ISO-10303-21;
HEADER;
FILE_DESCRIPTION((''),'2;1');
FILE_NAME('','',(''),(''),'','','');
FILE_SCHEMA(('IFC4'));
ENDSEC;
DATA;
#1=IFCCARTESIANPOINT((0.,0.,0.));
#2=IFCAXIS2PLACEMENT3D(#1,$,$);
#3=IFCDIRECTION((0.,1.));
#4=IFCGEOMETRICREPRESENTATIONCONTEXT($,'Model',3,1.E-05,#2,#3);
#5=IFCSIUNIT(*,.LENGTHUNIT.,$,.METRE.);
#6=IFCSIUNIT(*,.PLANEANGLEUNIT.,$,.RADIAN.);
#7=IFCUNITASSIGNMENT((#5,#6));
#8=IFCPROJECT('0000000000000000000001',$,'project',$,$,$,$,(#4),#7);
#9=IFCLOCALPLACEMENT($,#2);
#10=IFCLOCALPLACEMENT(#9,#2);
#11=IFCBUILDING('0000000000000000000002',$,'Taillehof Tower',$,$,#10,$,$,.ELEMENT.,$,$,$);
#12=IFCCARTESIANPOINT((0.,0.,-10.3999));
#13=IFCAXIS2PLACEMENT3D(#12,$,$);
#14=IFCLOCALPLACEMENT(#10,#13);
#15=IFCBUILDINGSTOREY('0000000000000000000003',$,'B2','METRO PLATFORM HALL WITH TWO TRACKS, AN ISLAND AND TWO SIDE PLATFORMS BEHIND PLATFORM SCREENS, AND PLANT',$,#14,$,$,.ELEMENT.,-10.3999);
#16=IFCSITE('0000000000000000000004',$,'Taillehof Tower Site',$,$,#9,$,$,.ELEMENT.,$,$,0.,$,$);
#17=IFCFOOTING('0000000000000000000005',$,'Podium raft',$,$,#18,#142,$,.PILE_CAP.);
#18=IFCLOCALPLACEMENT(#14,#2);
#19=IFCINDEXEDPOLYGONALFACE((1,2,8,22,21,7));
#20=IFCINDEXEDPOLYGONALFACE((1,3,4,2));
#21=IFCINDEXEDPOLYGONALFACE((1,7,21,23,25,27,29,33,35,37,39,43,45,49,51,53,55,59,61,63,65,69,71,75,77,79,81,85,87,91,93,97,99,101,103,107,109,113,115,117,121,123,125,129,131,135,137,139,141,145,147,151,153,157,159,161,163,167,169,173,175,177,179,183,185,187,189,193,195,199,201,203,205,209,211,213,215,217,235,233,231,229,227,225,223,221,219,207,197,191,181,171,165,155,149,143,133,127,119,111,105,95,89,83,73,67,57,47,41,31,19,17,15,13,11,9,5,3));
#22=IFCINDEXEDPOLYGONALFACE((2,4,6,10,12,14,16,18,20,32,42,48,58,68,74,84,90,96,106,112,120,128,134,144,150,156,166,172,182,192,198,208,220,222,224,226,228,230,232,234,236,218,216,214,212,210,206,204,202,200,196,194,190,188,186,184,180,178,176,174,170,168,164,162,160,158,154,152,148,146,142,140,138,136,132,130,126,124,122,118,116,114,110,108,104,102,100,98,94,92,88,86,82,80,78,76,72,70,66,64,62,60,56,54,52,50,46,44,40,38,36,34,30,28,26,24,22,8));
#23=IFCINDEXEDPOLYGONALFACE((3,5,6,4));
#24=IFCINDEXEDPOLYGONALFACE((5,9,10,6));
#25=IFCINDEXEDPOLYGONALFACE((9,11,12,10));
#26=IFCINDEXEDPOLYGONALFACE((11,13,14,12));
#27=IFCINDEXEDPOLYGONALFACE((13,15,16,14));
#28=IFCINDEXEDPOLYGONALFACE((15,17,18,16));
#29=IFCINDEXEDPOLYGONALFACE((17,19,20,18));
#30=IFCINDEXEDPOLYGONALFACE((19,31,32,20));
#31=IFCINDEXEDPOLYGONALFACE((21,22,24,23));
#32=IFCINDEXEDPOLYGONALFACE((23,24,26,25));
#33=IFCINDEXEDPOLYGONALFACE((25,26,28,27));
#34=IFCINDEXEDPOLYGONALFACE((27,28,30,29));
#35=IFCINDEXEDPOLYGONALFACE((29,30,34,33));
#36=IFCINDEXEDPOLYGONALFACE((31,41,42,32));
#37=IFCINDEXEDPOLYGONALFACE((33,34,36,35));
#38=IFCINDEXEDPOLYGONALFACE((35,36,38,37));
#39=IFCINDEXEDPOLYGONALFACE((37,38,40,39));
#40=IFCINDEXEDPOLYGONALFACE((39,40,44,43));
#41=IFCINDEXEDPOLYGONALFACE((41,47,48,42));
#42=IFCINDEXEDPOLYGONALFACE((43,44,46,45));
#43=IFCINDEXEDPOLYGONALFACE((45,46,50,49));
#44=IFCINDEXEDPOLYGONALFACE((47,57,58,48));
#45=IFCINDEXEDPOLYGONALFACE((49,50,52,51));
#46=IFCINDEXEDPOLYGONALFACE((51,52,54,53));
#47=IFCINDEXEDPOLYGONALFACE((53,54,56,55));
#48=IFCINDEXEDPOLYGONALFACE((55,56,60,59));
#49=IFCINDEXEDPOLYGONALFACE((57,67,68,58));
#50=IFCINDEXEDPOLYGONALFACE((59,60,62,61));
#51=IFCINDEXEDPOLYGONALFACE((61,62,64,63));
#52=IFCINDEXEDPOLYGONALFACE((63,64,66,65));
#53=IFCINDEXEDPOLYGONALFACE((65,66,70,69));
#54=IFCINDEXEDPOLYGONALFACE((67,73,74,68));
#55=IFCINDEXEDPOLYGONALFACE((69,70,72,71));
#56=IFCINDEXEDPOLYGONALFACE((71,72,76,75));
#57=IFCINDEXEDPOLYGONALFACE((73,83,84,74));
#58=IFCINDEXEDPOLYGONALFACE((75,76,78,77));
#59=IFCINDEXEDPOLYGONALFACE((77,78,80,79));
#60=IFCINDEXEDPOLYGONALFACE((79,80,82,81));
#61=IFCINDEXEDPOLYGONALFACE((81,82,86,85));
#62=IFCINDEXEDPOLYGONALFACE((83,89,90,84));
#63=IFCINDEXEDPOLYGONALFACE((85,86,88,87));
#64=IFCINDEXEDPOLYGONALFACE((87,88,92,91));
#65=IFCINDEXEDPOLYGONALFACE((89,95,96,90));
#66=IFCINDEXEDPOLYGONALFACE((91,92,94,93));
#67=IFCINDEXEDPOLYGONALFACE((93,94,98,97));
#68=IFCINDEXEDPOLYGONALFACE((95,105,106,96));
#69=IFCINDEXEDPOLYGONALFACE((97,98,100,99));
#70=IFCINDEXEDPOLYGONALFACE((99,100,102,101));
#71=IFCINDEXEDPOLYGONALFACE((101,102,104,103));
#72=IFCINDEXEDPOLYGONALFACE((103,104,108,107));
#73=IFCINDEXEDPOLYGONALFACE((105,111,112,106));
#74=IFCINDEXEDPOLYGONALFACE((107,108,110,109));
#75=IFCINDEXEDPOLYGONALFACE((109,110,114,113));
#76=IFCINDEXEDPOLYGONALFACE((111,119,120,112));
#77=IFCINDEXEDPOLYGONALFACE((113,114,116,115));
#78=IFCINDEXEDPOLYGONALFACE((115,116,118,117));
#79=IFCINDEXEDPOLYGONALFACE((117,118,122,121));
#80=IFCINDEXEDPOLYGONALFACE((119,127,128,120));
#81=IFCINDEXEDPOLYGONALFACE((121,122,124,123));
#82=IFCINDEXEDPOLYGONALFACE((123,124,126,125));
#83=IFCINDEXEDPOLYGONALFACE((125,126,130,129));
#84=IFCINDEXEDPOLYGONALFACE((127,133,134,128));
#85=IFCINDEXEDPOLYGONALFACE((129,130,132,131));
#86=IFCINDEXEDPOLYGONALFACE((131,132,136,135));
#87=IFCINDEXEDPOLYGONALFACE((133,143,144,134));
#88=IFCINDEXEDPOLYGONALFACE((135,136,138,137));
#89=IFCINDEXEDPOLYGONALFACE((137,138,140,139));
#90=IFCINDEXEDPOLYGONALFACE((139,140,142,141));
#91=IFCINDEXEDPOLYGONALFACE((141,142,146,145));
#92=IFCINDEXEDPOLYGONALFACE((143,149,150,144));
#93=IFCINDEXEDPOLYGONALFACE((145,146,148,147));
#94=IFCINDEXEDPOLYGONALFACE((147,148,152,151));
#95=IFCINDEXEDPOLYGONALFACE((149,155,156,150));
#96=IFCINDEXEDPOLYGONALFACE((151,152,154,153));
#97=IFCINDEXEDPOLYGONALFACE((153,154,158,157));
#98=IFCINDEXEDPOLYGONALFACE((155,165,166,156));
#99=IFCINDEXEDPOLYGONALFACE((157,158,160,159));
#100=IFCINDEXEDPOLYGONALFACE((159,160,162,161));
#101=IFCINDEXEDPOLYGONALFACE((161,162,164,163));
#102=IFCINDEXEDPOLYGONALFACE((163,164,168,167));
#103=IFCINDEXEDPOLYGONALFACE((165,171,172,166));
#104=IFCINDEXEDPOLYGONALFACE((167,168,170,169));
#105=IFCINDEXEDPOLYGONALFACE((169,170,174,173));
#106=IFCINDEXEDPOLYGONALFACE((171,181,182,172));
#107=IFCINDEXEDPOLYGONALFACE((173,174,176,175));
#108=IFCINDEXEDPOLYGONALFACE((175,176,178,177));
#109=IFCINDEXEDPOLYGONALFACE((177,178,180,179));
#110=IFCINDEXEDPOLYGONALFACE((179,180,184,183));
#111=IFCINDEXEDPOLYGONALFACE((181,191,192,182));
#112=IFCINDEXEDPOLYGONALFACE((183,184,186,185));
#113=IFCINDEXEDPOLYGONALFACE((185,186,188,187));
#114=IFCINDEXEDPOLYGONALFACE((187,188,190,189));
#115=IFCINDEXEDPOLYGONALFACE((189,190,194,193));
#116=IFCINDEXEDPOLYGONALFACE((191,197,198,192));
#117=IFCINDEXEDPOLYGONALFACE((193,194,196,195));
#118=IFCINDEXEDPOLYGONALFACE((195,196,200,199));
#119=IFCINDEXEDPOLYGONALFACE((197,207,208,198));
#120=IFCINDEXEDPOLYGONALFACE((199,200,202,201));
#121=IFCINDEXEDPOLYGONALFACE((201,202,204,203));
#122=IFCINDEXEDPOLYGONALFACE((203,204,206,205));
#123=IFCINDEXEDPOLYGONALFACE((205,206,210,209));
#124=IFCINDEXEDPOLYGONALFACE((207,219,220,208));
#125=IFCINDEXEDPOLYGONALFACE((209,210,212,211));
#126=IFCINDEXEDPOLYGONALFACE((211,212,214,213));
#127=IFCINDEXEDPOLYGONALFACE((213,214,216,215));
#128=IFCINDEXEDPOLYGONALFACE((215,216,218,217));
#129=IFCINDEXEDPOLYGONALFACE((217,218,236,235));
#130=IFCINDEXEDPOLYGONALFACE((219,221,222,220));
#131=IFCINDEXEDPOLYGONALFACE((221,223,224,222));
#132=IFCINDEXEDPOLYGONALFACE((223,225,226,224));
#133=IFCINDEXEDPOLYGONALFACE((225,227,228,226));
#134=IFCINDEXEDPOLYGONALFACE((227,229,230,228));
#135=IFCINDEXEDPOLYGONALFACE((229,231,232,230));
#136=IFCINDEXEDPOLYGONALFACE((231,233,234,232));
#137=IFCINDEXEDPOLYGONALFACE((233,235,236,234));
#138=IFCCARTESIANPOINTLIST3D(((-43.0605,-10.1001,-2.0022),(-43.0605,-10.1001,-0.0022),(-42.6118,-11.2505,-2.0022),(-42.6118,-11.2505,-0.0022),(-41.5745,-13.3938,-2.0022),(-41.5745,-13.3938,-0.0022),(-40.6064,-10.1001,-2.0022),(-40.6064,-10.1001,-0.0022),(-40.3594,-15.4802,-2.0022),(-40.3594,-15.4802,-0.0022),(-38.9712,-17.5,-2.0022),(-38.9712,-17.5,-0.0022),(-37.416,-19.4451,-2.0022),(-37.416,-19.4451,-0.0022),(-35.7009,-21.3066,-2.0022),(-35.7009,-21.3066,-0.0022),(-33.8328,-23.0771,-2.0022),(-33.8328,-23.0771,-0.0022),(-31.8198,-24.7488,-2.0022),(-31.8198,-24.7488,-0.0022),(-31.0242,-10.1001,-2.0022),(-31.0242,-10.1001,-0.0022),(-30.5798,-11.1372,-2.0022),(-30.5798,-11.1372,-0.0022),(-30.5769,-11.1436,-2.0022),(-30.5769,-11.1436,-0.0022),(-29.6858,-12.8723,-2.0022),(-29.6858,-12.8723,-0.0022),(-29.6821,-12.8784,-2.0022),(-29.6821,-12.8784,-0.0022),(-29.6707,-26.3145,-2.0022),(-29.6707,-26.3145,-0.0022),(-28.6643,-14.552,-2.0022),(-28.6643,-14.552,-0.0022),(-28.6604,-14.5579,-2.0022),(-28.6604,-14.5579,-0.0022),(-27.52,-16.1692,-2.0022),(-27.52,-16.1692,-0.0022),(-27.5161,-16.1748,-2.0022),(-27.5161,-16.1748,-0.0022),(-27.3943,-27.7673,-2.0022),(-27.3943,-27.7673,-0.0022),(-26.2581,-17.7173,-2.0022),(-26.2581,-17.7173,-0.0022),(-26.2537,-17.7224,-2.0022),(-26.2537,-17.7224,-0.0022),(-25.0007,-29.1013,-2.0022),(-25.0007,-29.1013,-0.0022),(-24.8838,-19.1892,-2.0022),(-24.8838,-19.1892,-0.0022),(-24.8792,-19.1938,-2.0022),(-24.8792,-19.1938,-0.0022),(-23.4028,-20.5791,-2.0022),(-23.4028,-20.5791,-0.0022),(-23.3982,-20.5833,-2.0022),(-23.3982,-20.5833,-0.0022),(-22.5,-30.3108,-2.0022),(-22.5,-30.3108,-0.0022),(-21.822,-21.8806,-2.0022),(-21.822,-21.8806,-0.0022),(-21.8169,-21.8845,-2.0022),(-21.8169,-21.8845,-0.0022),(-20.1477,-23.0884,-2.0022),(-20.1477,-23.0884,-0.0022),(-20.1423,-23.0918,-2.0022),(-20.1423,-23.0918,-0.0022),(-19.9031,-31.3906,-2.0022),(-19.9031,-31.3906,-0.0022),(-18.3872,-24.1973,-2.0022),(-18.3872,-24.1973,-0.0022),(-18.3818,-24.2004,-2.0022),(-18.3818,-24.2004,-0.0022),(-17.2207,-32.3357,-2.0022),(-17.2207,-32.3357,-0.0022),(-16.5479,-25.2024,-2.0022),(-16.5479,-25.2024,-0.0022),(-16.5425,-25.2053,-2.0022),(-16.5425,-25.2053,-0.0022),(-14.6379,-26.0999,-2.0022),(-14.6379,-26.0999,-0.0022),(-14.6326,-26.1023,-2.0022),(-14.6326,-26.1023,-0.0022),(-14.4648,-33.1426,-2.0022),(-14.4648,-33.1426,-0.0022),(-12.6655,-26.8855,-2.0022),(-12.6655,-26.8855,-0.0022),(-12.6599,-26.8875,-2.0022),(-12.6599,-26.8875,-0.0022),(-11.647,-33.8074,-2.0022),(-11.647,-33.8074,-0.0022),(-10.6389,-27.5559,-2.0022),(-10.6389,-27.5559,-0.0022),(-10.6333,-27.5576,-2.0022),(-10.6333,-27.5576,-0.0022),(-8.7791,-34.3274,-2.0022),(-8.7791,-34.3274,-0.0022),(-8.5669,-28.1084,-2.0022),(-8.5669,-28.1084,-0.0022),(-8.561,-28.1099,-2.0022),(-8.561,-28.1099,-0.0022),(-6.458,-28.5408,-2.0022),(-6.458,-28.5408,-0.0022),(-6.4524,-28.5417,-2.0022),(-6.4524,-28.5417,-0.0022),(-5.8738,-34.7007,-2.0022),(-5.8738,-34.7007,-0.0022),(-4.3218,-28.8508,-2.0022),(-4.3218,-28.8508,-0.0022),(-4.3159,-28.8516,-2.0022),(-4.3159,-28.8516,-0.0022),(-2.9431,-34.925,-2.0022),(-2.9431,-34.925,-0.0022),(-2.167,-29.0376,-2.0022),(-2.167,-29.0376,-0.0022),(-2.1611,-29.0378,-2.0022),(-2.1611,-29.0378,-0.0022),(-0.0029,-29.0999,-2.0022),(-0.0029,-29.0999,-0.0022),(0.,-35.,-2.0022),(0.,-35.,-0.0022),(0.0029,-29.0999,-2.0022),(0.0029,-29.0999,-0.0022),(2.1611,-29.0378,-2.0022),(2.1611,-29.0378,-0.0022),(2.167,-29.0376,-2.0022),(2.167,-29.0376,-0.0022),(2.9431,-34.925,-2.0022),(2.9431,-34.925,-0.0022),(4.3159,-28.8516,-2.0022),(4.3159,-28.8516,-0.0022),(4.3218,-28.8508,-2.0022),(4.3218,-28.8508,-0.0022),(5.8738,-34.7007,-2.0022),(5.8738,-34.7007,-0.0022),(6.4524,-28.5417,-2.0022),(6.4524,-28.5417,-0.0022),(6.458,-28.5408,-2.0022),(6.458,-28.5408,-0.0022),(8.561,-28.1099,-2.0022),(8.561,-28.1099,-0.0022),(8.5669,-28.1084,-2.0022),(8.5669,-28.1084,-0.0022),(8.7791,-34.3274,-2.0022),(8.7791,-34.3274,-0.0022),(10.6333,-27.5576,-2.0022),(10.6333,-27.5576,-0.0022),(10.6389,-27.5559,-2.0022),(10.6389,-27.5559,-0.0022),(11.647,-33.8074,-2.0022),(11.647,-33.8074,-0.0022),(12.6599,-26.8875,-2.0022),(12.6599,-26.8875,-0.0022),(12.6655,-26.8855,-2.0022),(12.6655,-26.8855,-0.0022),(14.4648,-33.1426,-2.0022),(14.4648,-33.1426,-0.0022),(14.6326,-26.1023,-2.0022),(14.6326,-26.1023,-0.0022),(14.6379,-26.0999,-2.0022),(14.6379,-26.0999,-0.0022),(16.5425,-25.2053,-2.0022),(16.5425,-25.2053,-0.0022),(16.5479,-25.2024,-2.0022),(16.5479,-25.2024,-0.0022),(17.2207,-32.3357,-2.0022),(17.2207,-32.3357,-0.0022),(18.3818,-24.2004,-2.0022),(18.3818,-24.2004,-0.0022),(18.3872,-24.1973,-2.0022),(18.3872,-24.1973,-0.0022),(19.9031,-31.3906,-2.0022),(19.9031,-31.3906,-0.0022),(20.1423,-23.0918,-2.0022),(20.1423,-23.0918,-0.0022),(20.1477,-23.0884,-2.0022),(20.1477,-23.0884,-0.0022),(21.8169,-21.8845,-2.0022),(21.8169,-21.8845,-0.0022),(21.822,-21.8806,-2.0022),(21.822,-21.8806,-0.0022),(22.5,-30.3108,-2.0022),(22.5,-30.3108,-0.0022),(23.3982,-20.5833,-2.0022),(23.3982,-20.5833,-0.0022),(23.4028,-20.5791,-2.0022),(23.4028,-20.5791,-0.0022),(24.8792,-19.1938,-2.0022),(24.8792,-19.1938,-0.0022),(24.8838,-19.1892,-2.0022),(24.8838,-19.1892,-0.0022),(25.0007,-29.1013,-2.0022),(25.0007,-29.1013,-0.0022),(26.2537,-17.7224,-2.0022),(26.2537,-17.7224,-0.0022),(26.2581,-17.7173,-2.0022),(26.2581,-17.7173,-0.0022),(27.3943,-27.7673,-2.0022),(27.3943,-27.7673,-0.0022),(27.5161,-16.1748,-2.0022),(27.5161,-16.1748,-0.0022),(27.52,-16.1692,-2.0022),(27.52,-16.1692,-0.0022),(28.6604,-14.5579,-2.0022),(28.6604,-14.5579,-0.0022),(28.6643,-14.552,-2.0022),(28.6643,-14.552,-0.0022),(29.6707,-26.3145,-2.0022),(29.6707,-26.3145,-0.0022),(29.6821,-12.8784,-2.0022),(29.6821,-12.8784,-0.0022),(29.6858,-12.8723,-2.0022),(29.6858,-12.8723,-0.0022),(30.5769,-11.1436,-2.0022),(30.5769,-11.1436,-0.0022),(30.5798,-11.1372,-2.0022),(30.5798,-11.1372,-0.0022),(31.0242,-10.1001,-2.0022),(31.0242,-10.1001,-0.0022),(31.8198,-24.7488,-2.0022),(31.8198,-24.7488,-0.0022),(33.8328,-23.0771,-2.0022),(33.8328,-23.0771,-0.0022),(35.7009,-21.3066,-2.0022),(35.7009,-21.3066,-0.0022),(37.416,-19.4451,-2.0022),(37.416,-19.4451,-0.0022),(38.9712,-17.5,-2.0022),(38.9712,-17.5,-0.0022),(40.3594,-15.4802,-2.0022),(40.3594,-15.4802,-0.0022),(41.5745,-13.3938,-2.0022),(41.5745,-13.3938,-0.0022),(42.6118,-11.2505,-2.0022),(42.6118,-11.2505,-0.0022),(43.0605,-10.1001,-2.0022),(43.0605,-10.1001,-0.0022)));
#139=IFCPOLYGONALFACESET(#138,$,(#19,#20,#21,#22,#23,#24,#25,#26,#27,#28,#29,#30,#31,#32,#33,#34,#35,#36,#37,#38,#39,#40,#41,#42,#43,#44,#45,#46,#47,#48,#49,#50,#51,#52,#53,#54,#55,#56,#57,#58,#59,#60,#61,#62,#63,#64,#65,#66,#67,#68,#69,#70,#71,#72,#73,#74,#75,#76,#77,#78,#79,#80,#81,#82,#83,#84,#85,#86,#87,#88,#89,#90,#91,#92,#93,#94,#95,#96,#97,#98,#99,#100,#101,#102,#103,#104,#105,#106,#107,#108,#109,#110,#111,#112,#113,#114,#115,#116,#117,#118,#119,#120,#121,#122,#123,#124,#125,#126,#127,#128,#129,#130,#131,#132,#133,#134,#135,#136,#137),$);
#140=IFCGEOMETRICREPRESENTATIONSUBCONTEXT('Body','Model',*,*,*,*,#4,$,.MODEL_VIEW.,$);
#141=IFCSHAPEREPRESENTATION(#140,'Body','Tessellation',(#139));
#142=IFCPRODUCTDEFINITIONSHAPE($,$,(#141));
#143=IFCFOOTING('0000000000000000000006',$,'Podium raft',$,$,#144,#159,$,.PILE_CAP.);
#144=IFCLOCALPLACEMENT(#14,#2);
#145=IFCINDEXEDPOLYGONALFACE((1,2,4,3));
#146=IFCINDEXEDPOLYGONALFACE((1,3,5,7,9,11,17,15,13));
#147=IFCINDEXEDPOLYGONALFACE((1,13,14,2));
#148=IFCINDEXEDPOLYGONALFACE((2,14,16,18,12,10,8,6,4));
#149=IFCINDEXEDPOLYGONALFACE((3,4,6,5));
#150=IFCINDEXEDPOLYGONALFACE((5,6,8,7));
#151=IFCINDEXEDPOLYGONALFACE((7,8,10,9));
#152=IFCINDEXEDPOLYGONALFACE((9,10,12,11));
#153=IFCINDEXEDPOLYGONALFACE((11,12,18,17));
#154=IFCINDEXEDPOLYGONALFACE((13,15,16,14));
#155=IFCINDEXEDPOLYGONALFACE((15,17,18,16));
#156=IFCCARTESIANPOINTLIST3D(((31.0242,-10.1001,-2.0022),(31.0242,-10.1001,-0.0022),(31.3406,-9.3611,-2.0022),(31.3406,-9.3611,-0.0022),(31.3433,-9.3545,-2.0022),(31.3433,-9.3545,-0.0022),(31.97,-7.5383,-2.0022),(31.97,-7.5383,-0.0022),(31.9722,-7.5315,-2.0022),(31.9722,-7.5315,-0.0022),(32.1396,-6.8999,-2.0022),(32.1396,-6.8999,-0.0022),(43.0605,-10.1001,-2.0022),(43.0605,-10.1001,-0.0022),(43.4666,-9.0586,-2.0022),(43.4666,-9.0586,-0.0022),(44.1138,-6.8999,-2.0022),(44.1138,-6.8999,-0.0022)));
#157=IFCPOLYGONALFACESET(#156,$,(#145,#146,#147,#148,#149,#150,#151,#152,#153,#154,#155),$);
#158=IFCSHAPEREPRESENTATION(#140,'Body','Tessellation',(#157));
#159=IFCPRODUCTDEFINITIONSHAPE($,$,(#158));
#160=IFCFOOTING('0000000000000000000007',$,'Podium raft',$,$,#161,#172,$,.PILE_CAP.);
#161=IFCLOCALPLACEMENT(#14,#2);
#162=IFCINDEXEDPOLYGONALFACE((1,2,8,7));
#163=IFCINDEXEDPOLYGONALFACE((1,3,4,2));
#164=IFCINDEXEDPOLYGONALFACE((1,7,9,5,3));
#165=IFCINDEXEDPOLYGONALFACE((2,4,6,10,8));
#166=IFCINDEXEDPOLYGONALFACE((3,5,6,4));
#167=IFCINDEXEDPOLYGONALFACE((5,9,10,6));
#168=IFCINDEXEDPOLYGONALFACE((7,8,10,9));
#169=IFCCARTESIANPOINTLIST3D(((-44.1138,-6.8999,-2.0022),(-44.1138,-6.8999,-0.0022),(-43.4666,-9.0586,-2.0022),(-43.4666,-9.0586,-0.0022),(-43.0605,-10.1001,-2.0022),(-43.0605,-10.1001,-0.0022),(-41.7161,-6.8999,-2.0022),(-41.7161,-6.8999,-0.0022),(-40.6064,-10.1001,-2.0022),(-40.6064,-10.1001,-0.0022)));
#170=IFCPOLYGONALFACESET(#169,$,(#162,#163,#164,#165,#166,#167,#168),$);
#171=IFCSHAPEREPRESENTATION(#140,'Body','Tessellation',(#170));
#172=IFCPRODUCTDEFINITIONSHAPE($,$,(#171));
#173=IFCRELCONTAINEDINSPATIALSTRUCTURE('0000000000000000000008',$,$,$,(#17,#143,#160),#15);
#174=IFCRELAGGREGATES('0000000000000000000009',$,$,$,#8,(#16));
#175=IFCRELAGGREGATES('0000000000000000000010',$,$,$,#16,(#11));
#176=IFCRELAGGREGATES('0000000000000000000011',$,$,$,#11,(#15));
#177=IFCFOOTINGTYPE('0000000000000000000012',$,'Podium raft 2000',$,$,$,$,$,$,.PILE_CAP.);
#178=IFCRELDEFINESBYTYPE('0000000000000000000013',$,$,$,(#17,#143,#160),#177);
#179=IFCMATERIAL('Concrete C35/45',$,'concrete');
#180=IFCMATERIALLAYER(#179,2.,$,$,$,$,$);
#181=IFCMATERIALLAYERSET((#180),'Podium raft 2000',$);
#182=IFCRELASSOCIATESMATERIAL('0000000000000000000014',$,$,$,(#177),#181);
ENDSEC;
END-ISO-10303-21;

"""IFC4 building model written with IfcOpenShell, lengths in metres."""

from ifc_helpers import new_model, si_unit, direction, frame, origin, place, context, subcontext, project, spatial, polyline, outline, extrude, material, layer, layer_set, type_object, element, save


model = new_model("IFC4")

# Units and contexts
model_context = context("Model", 3, precision=1e-05, world=origin(), true_north=direction((0.0, 1.0)))
body_context = subcontext(model_context, "Body", "Model", "MODEL_VIEW")
ifc_project = project(units=[si_unit("LENGTHUNIT", "METRE"), si_unit("PLANEANGLEUNIT", "RADIAN")], contexts=[model_context])

# Site, building, storey
site_placement = place(None, origin())
site = spatial("IfcSite", under=ifc_project, at=site_placement, Name="Taillehof Tower Site", CompositionType="ELEMENT", RefElevation=0.0)
building_placement = place(site_placement, origin())
building = spatial("IfcBuilding", under=site, at=building_placement, Name="Taillehof Tower", CompositionType="ELEMENT")
storey_placement = place(building_placement, frame((0.0, 0.0, -10.3999)))
storey = spatial("IfcBuildingStorey", under=building, at=storey_placement, Name="B2", Description="METRO PLATFORM HALL WITH TWO TRACKS, AN ISLAND AND TWO SIDE PLATFORMS BEHIND PLATFORM SCREENS, AND PLANT", CompositionType="ELEMENT", Elevation=-10.3999)

# Footings
ifc_material_1 = material(Name="Concrete C35/45", Category="concrete")
ifc_layer_1 = layer(ifc_material_1, 2.0)
ifc_layer_set_1 = layer_set([ifc_layer_1], Name="Podium raft 2000")
footing_type_1 = type_object("IfcFootingType", Name="Podium raft 2000", PredefinedType="PILE_CAP", material=ifc_layer_set_1)
footing_1_placement = place(storey_placement, frame((0.0, 0.0, -2.0022)))
element("IfcFooting", 1, at=footing_1_placement, inside=storey, type_object=footing_type_1, Name="Podium raft", PredefinedType="PILE_CAP", context=body_context, shape_type="SweptSolid", body=[
    extrude(outline(polyline([(42.6118, -11.2505), (41.5745, -13.3938), (40.3594, -15.4802), (38.9712, -17.5), (37.416, -19.4451), (35.7009, -21.3066), (33.8328, -23.0771), (31.8198, -24.7488), (29.6707, -26.3145), (27.3943, -27.7673), (25.0007, -29.1013), (22.5, -30.3108), (19.9031, -31.3906), (17.2207, -32.3357), (14.4648, -33.1426), (11.647, -33.8074), (8.7791, -34.3274), (5.8738, -34.7007), (2.9431, -34.925), (0.0, -35.0), (-2.9431, -34.925), (-5.8738, -34.7007), (-8.7791, -34.3274), (-11.647, -33.8074), (-14.4648, -33.1426), (-17.2207, -32.3357), (-19.9031, -31.3906), (-22.5, -30.3108), (-25.0007, -29.1013), (-27.3943, -27.7673), (-29.6707, -26.3145), (-31.8198, -24.7488), (-33.8328, -23.0771), (-35.7009, -21.3066), (-37.416, -19.4451), (-38.9712, -17.5), (-40.3594, -15.4802), (-41.5745, -13.3938), (-42.6118, -11.2505), (-43.0605, -10.1001), (-40.6064, -10.1001), (-31.0242, -10.1001), (-30.5798, -11.1372), (-30.5769, -11.1436), (-29.6858, -12.8723), (-29.6821, -12.8784), (-28.6643, -14.552), (-28.6604, -14.5579), (-27.52, -16.1692), (-27.5161, -16.1748), (-26.2581, -17.7173), (-26.2537, -17.7224), (-24.8838, -19.1892), (-24.8792, -19.1938), (-23.4028, -20.5791), (-23.3982, -20.5833), (-21.822, -21.8806), (-21.8169, -21.8845), (-20.1477, -23.0884), (-20.1423, -23.0918), (-18.3872, -24.1973), (-18.3818, -24.2004), (-16.5479, -25.2024), (-16.5425, -25.2053), (-14.6379, -26.0999), (-14.6326, -26.1023), (-12.6655, -26.8855), (-12.6599, -26.8875), (-10.6389, -27.5559), (-10.6333, -27.5576), (-8.5669, -28.1084), (-8.561, -28.1099), (-6.458, -28.5408), (-6.4524, -28.5417), (-4.3218, -28.8508), (-4.3159, -28.8516), (-2.167, -29.0376), (-2.1611, -29.0378), (-0.0029, -29.0999), (0.0029, -29.0999), (2.1611, -29.0378), (2.167, -29.0376), (4.3159, -28.8516), (4.3218, -28.8508), (6.4524, -28.5417), (6.458, -28.5408), (8.561, -28.1099), (8.5669, -28.1084), (10.6333, -27.5576), (10.6389, -27.5559), (12.6599, -26.8875), (12.6655, -26.8855), (14.6326, -26.1023), (14.6379, -26.0999), (16.5425, -25.2053), (16.5479, -25.2024), (18.3818, -24.2004), (18.3872, -24.1973), (20.1423, -23.0918), (20.1477, -23.0884), (21.8169, -21.8845), (21.822, -21.8806), (23.3982, -20.5833), (23.4028, -20.5791), (24.8792, -19.1938), (24.8838, -19.1892), (26.2537, -17.7224), (26.2581, -17.7173), (27.5161, -16.1748), (27.52, -16.1692), (28.6604, -14.5579), (28.6643, -14.552), (29.6821, -12.8784), (29.6858, -12.8723), (30.5769, -11.1436), (30.5798, -11.1372), (31.0242, -10.1001), (43.0605, -10.1001), (42.6118, -11.2505)])), origin(), (0.0, 0.0, 1.0), 2.0),
])
footing_2_placement = place(storey_placement, frame((0.0, 0.0, -2.0022)))
element("IfcFooting", 2, at=footing_2_placement, inside=storey, type_object=footing_type_1, Name="Podium raft", PredefinedType="PILE_CAP", context=body_context, shape_type="SweptSolid", body=[
    extrude(outline(polyline([(43.4666, -9.0586), (43.0605, -10.1001), (31.0242, -10.1001), (31.3406, -9.3611), (31.3433, -9.3545), (31.97, -7.5383), (31.9722, -7.5315), (32.1396, -6.8999), (44.1138, -6.8999), (43.4666, -9.0586)])), origin(), (0.0, 0.0, 1.0), 2.0),
])
footing_3_placement = place(storey_placement, frame((0.0, 0.0, -2.0022)))
element("IfcFooting", 3, at=footing_3_placement, inside=storey, type_object=footing_type_1, Name="Podium raft", PredefinedType="PILE_CAP", context=body_context, shape_type="SweptSolid", body=[
    extrude(outline(polyline([(-43.4666, -9.0586), (-44.1138, -6.8999), (-41.7161, -6.8999), (-40.6064, -10.1001), (-43.0605, -10.1001), (-43.4666, -9.0586)])), origin(), (0.0, 0.0, 1.0), 2.0),
])

save(model, "model.ifc")
